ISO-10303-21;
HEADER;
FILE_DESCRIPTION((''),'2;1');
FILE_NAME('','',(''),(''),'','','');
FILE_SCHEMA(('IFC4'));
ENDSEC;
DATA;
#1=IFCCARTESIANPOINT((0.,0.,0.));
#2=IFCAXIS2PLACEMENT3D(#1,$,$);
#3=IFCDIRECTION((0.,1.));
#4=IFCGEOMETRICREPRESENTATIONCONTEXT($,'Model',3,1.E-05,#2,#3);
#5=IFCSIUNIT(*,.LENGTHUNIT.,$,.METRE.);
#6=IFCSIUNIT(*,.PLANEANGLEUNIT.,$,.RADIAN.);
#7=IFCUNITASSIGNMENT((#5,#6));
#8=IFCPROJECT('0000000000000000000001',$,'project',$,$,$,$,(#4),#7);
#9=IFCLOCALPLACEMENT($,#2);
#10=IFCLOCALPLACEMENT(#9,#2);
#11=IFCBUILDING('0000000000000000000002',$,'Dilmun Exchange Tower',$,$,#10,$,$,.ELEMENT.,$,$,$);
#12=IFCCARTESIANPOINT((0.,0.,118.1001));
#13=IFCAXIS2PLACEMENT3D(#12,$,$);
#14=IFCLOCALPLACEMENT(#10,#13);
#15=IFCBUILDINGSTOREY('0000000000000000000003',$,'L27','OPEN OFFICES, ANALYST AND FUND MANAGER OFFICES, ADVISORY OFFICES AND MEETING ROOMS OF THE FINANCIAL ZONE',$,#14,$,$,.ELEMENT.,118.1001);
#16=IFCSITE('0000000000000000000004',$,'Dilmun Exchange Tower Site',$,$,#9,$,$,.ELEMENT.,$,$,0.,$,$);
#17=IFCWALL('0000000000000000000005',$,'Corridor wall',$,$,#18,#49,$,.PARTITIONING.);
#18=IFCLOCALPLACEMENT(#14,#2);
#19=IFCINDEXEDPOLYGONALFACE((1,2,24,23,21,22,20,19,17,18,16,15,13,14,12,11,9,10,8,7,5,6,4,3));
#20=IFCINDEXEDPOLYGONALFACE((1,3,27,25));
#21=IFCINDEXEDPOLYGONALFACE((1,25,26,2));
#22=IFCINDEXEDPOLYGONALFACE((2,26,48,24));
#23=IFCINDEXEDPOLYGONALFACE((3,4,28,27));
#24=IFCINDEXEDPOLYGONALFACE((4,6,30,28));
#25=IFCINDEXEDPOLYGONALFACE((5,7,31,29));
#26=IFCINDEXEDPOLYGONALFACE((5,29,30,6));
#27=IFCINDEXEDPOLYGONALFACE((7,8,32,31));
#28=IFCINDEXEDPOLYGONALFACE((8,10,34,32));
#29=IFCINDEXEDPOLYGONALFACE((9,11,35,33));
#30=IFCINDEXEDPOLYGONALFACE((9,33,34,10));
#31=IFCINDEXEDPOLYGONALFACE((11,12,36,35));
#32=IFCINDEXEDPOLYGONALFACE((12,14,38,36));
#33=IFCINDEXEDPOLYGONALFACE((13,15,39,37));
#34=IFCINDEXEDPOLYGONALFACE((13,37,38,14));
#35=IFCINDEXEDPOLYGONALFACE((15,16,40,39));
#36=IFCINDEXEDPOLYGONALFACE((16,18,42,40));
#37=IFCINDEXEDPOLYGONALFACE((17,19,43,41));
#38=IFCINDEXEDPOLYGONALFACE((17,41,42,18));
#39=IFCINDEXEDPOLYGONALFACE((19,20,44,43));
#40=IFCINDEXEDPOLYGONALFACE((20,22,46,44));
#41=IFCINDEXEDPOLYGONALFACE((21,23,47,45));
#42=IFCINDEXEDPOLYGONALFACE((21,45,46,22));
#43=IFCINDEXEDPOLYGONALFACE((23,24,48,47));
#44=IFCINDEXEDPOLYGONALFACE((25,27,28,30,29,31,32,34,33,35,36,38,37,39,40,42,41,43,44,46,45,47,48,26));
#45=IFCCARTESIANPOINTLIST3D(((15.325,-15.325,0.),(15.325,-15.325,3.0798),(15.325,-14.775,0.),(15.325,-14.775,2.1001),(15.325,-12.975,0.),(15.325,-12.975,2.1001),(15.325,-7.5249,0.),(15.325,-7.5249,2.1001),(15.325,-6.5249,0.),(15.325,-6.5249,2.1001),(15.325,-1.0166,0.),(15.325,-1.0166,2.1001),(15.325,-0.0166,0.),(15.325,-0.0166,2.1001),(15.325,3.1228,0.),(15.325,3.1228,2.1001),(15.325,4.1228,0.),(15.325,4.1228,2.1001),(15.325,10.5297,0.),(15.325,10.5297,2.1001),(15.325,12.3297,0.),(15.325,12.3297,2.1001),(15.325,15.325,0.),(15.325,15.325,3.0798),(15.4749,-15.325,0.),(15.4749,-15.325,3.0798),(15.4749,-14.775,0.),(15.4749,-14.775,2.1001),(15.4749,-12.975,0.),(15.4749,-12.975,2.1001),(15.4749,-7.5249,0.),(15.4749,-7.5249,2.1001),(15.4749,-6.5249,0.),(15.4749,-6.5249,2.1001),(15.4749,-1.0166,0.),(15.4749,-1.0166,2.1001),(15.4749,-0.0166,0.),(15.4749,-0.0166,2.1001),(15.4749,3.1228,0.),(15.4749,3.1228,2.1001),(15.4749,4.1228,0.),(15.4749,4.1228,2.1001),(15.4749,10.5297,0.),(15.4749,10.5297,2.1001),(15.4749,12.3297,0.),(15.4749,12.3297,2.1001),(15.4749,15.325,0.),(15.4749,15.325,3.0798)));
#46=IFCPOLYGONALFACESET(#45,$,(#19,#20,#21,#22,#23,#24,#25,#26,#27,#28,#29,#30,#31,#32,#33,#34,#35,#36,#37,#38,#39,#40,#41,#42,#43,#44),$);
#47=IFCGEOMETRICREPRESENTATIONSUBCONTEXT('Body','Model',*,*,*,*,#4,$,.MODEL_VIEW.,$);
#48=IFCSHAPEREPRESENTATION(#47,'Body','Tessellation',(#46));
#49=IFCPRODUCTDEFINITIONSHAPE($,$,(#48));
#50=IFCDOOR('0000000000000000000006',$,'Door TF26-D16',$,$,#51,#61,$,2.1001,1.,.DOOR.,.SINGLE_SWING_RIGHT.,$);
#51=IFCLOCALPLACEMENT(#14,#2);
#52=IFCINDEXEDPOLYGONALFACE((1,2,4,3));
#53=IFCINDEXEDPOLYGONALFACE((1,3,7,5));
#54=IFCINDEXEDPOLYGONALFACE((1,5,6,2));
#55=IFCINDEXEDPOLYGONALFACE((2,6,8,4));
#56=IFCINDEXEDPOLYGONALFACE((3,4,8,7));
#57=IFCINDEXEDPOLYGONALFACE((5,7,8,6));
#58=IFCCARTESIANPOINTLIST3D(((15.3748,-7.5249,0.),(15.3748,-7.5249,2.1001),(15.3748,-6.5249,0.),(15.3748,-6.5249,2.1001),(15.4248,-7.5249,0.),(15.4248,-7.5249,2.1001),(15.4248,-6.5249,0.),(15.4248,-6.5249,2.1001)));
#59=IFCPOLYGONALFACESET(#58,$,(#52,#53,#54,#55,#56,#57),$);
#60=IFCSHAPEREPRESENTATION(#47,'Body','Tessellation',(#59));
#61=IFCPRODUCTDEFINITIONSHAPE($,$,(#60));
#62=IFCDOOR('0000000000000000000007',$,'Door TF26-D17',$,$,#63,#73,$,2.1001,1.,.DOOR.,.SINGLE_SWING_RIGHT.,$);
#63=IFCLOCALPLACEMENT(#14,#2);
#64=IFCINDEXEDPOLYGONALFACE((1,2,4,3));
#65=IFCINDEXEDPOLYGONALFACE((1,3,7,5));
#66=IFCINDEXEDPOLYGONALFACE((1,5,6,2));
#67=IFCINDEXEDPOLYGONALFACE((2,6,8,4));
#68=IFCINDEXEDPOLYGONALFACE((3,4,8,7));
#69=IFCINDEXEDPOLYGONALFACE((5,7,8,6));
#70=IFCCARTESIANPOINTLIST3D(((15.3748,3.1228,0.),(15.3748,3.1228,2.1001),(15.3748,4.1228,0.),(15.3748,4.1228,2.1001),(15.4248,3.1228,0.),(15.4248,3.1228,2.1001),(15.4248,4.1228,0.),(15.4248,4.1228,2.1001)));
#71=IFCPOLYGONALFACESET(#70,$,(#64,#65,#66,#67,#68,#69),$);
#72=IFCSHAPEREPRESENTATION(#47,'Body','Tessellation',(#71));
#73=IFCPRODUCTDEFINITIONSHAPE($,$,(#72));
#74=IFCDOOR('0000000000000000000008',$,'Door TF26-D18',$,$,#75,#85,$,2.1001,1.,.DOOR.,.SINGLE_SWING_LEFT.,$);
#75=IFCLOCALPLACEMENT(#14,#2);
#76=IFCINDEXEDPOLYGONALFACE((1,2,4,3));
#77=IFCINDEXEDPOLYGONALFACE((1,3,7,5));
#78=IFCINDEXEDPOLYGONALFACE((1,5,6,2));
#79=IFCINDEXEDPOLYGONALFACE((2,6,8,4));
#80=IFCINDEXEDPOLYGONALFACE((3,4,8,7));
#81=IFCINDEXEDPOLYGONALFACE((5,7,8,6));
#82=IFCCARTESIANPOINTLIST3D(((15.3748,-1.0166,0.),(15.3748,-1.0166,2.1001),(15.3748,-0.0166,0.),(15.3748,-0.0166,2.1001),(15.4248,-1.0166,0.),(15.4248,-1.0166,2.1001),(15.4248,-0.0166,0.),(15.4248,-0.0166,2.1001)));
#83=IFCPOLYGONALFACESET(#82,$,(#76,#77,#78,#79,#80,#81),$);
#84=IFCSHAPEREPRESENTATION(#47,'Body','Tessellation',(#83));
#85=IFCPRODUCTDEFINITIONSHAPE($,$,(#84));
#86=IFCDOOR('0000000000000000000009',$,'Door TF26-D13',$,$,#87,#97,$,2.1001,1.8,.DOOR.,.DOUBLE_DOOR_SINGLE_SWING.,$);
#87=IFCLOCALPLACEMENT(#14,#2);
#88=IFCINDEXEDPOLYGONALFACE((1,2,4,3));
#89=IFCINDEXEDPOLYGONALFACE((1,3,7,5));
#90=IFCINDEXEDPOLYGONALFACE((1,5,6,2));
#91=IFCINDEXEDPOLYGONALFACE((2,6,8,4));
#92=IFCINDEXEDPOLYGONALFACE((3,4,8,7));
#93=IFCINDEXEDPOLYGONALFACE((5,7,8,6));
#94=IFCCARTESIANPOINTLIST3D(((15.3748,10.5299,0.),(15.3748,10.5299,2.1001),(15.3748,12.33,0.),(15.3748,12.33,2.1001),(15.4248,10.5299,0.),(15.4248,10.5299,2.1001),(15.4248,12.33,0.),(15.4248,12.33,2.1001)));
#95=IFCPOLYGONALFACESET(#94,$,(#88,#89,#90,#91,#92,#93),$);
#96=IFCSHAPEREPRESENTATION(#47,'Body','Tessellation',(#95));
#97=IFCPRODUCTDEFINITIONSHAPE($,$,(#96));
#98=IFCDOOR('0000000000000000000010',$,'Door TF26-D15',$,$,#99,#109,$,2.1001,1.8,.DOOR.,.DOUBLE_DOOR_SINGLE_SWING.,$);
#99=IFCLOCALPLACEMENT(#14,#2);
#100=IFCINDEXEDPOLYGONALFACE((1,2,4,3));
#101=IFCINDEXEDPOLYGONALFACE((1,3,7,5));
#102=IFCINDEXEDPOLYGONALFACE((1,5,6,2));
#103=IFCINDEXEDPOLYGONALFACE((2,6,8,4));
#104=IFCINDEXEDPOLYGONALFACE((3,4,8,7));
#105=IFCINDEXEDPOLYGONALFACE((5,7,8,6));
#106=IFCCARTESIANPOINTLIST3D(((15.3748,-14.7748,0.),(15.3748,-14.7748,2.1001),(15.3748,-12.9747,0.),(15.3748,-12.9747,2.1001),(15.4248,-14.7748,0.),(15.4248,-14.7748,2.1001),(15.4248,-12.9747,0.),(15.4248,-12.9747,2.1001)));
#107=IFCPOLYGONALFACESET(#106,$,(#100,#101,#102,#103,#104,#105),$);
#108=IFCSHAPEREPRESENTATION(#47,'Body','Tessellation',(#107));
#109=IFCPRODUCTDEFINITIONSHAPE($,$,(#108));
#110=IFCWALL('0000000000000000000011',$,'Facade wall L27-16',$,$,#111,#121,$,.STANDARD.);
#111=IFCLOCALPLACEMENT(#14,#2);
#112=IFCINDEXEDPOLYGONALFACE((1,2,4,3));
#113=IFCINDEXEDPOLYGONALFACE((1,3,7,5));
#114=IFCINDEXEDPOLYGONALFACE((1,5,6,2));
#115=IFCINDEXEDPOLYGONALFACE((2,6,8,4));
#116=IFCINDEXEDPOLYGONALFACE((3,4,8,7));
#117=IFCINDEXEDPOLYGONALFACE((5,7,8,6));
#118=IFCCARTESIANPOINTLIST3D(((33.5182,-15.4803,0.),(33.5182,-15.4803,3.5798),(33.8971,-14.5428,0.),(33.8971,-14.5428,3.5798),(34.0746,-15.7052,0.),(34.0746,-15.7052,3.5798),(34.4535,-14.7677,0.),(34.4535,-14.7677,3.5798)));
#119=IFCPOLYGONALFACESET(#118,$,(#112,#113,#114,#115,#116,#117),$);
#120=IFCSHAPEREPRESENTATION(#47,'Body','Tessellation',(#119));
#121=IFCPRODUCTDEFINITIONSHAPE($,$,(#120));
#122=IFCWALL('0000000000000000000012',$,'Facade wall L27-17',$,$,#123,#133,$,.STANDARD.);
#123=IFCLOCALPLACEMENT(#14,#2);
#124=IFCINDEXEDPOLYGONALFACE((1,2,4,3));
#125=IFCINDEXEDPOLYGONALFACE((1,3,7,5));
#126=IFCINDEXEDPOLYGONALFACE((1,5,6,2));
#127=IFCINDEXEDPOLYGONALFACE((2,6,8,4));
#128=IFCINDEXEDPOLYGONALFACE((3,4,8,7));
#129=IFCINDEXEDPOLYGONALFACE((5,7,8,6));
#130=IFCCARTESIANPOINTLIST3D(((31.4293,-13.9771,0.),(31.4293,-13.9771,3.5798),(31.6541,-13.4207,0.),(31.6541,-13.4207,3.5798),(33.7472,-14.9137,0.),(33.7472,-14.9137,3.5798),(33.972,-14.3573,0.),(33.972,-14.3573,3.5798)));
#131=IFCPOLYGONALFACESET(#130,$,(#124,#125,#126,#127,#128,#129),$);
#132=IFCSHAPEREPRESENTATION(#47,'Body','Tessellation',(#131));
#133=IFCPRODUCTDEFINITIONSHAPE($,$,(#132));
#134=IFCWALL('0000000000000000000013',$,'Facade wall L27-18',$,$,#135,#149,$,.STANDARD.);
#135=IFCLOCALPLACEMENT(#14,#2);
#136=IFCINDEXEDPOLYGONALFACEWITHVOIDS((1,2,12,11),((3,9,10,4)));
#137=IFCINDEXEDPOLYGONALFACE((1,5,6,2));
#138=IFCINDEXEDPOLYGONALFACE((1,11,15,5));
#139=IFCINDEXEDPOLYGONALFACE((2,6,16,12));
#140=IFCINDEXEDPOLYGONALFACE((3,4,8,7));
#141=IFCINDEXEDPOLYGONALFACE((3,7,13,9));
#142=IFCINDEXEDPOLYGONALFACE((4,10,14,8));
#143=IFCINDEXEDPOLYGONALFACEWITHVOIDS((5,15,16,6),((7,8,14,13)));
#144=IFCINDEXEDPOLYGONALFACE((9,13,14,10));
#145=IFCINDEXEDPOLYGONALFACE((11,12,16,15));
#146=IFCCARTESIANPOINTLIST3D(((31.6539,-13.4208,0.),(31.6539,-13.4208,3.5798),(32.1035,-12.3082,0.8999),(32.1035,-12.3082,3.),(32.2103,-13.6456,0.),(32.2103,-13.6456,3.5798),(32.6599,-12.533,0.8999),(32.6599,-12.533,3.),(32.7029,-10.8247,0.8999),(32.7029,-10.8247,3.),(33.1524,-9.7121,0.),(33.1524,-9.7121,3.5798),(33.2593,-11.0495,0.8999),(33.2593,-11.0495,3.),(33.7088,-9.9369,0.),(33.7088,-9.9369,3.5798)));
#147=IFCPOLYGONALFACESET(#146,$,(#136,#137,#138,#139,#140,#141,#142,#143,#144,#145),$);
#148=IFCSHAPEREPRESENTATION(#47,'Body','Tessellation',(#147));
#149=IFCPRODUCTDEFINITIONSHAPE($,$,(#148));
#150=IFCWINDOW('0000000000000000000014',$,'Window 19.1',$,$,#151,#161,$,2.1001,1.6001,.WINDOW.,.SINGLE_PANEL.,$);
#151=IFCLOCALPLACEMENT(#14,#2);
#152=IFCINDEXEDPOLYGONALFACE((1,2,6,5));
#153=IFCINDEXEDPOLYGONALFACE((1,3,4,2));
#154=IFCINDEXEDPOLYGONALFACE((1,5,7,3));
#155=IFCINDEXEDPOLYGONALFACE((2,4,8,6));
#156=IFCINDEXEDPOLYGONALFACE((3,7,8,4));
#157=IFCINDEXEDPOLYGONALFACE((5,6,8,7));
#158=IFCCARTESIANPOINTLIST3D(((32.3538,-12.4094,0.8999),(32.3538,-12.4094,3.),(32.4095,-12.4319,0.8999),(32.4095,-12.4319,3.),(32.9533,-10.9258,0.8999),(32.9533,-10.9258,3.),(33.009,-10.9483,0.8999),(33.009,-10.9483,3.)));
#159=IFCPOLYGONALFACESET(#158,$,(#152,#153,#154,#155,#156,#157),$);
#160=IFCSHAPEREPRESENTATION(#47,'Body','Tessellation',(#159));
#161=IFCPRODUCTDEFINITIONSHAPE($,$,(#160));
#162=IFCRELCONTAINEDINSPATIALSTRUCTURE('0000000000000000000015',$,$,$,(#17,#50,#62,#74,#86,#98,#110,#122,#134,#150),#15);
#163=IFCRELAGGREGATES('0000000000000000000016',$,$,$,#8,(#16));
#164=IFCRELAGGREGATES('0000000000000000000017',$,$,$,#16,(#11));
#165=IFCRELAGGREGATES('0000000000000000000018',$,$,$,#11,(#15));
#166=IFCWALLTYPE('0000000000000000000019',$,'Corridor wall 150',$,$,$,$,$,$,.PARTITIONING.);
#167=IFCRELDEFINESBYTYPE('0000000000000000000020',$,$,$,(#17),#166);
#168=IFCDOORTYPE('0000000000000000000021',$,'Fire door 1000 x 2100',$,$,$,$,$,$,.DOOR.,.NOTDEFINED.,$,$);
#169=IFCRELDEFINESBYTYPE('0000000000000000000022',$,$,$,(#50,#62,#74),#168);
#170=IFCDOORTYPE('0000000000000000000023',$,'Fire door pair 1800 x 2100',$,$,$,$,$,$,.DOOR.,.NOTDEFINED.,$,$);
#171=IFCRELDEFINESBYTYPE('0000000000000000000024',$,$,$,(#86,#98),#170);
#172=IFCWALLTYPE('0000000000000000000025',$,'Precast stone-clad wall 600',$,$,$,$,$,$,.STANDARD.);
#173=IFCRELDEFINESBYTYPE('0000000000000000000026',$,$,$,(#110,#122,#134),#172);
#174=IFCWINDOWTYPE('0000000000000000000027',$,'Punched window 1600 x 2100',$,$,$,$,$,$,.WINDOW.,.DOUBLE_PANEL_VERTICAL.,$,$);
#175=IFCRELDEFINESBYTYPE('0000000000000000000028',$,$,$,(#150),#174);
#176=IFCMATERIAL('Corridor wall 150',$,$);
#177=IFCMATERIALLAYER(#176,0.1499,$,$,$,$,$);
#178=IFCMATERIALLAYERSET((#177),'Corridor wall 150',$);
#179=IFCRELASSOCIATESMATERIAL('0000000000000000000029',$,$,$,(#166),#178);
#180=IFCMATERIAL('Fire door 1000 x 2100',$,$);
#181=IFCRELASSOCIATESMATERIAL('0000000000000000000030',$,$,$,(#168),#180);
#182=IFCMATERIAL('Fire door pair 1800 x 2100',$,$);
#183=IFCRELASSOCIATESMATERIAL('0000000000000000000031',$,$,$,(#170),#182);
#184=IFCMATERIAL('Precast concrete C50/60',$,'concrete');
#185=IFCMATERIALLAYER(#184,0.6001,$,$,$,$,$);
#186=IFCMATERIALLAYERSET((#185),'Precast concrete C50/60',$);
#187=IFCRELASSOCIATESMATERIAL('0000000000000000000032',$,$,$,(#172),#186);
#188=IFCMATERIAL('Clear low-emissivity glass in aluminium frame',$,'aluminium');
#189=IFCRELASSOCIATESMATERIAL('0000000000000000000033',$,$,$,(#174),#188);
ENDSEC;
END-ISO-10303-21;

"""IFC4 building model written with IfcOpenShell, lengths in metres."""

from ifc_helpers import new_model, si_unit, direction, frame, frame_2d, origin, place, context, subcontext, project, spatial, rectangle, extrude, material, layer, layer_set, type_object, element, fill, save


model = new_model("IFC4")

# Units and contexts
model_context = context("Model", 3, precision=1e-05, world=origin(), true_north=direction((0.0, 1.0)))
body_context = subcontext(model_context, "Body", "Model", "MODEL_VIEW")
ifc_project = project(units=[si_unit("LENGTHUNIT", "METRE"), si_unit("PLANEANGLEUNIT", "RADIAN")], contexts=[model_context])

# Site, building, storey
site_placement = place(None, origin())
site = spatial("IfcSite", under=ifc_project, at=site_placement, Name="Dilmun Exchange Tower Site", CompositionType="ELEMENT", RefElevation=0.0)
building_placement = place(site_placement, origin())
building = spatial("IfcBuilding", under=site, at=building_placement, Name="Dilmun Exchange Tower", CompositionType="ELEMENT")
storey_placement = place(building_placement, frame((0.0, 0.0, 118.1001)))
storey = spatial("IfcBuildingStorey", under=building, at=storey_placement, Name="L27", Description="OPEN OFFICES, ANALYST AND FUND MANAGER OFFICES, ADVISORY OFFICES AND MEETING ROOMS OF THE FINANCIAL ZONE", CompositionType="ELEMENT", Elevation=118.1001)

# Wall, openings, doors
ifc_material_1 = material(Name="Corridor wall 150")
ifc_layer_1 = layer(ifc_material_1, 0.1499)
ifc_layer_set_1 = layer_set([ifc_layer_1], Name="Corridor wall 150")
wall_type_1 = type_object("IfcWallType", Name="Corridor wall 150", PredefinedType="PARTITIONING", material=ifc_layer_set_1)
wall_1_placement = place(storey_placement, frame((15.3999, -15.325, 0.0), z_axis=(0.0, 0.0, 1.0), x_axis=(0.0, 1.0, 0.0)))
wall_1 = element("IfcWall", 1, at=wall_1_placement, inside=storey, type_object=wall_type_1, Name="Corridor wall", PredefinedType="PARTITIONING", context=body_context, shape_type="SweptSolid", body=[
    extrude(rectangle(XDim=30.6499, YDim=0.1499, at=frame_2d((15.325, 0.0))), origin(), (0.0, 0.0, 1.0), 3.0798),
])
opening_1_placement = place(wall_1_placement, frame((25.8547, 0.0, 0.0)))
opening_1 = element("IfcOpeningElement", 2, at=opening_1_placement, cuts=wall_1, PredefinedType="OPENING", context=body_context, shape_type="SweptSolid", body=[
    extrude(rectangle(XDim=1.8, YDim=2.1001, at=frame_2d((0.8999, 1.05))), frame((0.0, 0.085, 0.0), z_axis=(0.0, -1.0, 0.0), x_axis=(1.0, 0.0, 0.0)), (0.0, 0.0, 1.0), 0.1699),
])
opening_2_placement = place(wall_1_placement, frame((0.55, 0.0, 0.0)))
opening_2 = element("IfcOpeningElement", 3, at=opening_2_placement, cuts=wall_1, PredefinedType="OPENING", context=body_context, shape_type="SweptSolid", body=[
    extrude(rectangle(XDim=1.8, YDim=2.1001, at=frame_2d((0.8999, 1.05))), frame((0.0, 0.085, 0.0), z_axis=(0.0, -1.0, 0.0), x_axis=(1.0, 0.0, 0.0)), (0.0, 0.0, 1.0), 0.1699),
])
opening_3_placement = place(wall_1_placement, frame((7.8, 0.0, 0.0)))
opening_3 = element("IfcOpeningElement", 4, at=opening_3_placement, cuts=wall_1, PredefinedType="OPENING", context=body_context, shape_type="SweptSolid", body=[
    extrude(rectangle(XDim=1.0, YDim=2.1001, at=frame_2d((0.5, 1.05))), frame((0.0, 0.085, 0.0), z_axis=(0.0, -1.0, 0.0), x_axis=(1.0, 0.0, 0.0)), (0.0, 0.0, 1.0), 0.1699),
])
opening_4_placement = place(wall_1_placement, frame((18.4478, 0.0, 0.0)))
opening_4 = element("IfcOpeningElement", 5, at=opening_4_placement, cuts=wall_1, PredefinedType="OPENING", context=body_context, shape_type="SweptSolid", body=[
    extrude(rectangle(XDim=1.0, YDim=2.1001, at=frame_2d((0.5, 1.05))), frame((0.0, 0.085, 0.0), z_axis=(0.0, -1.0, 0.0), x_axis=(1.0, 0.0, 0.0)), (0.0, 0.0, 1.0), 0.1699),
])
opening_5_placement = place(wall_1_placement, frame((14.3083, 0.0, 0.0)))
opening_5 = element("IfcOpeningElement", 6, at=opening_5_placement, cuts=wall_1, PredefinedType="OPENING", context=body_context, shape_type="SweptSolid", body=[
    extrude(rectangle(XDim=1.0, YDim=2.1001, at=frame_2d((0.5, 1.05))), frame((0.0, 0.085, 0.0), z_axis=(0.0, -1.0, 0.0), x_axis=(1.0, 0.0, 0.0)), (0.0, 0.0, 1.0), 0.1699),
])
ifc_material_2 = material(Name="Fire door 1000 x 2100")
door_type_1 = type_object("IfcDoorType", Name="Fire door 1000 x 2100", OperationType="NOTDEFINED", PredefinedType="DOOR", material=ifc_material_2)
door_1_placement = place(opening_3_placement, frame((1.0, 0.0, 0.0), z_axis=(0.0, 0.0, 1.0), x_axis=(-1.0, 0.0, 0.0)))
door_1 = element("IfcDoor", 7, at=door_1_placement, inside=storey, type_object=door_type_1, Name="Door TF26-D16", OperationType="SINGLE_SWING_RIGHT", OverallHeight=2.1001, OverallWidth=1.0, PredefinedType="DOOR", context=body_context, shape_type="SweptSolid", body=[
    extrude(rectangle(XDim=1.0, YDim=2.1001, at=frame_2d((0.5, 1.05))), frame((0.0, 0.0249, 0.0), z_axis=(0.0, -1.0, 0.0), x_axis=(1.0, 0.0, 0.0)), (0.0, 0.0, 1.0), 0.05),
])
fill(opening_3, door_1)
door_2_placement = place(opening_4_placement, frame((1.0, 0.0, 0.0), z_axis=(0.0, 0.0, 1.0), x_axis=(-1.0, 0.0, 0.0)))
door_2 = element("IfcDoor", 8, at=door_2_placement, inside=storey, type_object=door_type_1, Name="Door TF26-D17", OperationType="SINGLE_SWING_RIGHT", OverallHeight=2.1001, OverallWidth=1.0, PredefinedType="DOOR", context=body_context, shape_type="SweptSolid", body=[
    extrude(rectangle(XDim=1.0, YDim=2.1001, at=frame_2d((0.5, 1.05))), frame((0.0, 0.0249, 0.0), z_axis=(0.0, -1.0, 0.0), x_axis=(1.0, 0.0, 0.0)), (0.0, 0.0, 1.0), 0.05),
])
fill(opening_4, door_2)
door_3_placement = place(opening_5_placement, frame((1.0, 0.0, 0.0), z_axis=(0.0, 0.0, 1.0), x_axis=(-1.0, 0.0, 0.0)))
door_3 = element("IfcDoor", 9, at=door_3_placement, inside=storey, type_object=door_type_1, Name="Door TF26-D18", OperationType="SINGLE_SWING_LEFT", OverallHeight=2.1001, OverallWidth=1.0, PredefinedType="DOOR", context=body_context, shape_type="SweptSolid", body=[
    extrude(rectangle(XDim=1.0, YDim=2.1001, at=frame_2d((0.5, 1.05))), frame((0.0, 0.0249, 0.0), z_axis=(0.0, -1.0, 0.0), x_axis=(1.0, 0.0, 0.0)), (0.0, 0.0, 1.0), 0.05),
])
fill(opening_5, door_3)
ifc_material_3 = material(Name="Fire door pair 1800 x 2100")
door_type_2 = type_object("IfcDoorType", Name="Fire door pair 1800 x 2100", OperationType="NOTDEFINED", PredefinedType="DOOR", material=ifc_material_3)
door_4_placement = place(opening_1_placement, frame((1.8, 0.0, 0.0), z_axis=(0.0, 0.0, 1.0), x_axis=(-1.0, 0.0, 0.0)))
door_4 = element("IfcDoor", 10, at=door_4_placement, inside=storey, type_object=door_type_2, Name="Door TF26-D13", OperationType="DOUBLE_DOOR_SINGLE_SWING", OverallHeight=2.1001, OverallWidth=1.8, PredefinedType="DOOR", context=body_context, shape_type="SweptSolid", body=[
    extrude(rectangle(XDim=1.8, YDim=2.1001, at=frame_2d((0.8999, 1.05))), frame((0.0, 0.0249, 0.0), z_axis=(0.0, -1.0, 0.0), x_axis=(1.0, 0.0, 0.0)), (0.0, 0.0, 1.0), 0.05),
])
fill(opening_1, door_4)
door_5_placement = place(opening_2_placement, frame((1.8, 0.0, 0.0), z_axis=(0.0, 0.0, 1.0), x_axis=(-1.0, 0.0, 0.0)))
door_5 = element("IfcDoor", 11, at=door_5_placement, inside=storey, type_object=door_type_2, Name="Door TF26-D15", OperationType="DOUBLE_DOOR_SINGLE_SWING", OverallHeight=2.1001, OverallWidth=1.8, PredefinedType="DOOR", context=body_context, shape_type="SweptSolid", body=[
    extrude(rectangle(XDim=1.8, YDim=2.1001, at=frame_2d((0.8999, 1.05))), frame((0.0, 0.0249, 0.0), z_axis=(0.0, -1.0, 0.0), x_axis=(1.0, 0.0, 0.0)), (0.0, 0.0, 1.0), 0.05),
])
fill(opening_2, door_5)

# Walls
ifc_material_4 = material(Name="Precast concrete C50/60", Category="concrete")
ifc_layer_2 = layer(ifc_material_4, 0.6001)
ifc_layer_set_2 = layer_set([ifc_layer_2], Name="Precast concrete C50/60")
wall_type_2 = type_object("IfcWallType", Name="Precast stone-clad wall 600", PredefinedType="STANDARD", material=ifc_layer_set_2)
wall_2_placement = place(storey_placement, frame((33.7964, -15.5928, 0.0), z_axis=(0.0, 0.0, 1.0), x_axis=(0.374719, 0.927139, 0.0)))
element("IfcWall", 12, at=wall_2_placement, inside=storey, type_object=wall_type_2, Name="Facade wall L27-16", PredefinedType="STANDARD", context=body_context, shape_type="SweptSolid", body=[
    extrude(rectangle(XDim=1.0112, YDim=0.6001, at=frame_2d((0.5056, 0.0))), origin(), (0.0, 0.0, 1.0), 3.5798),
])
wall_3_placement = place(storey_placement, frame((33.8596, -14.6355, 0.0), z_axis=(0.0, 0.0, 1.0), x_axis=(-0.927178, 0.374621, 0.0)))
element("IfcWall", 13, at=wall_3_placement, inside=storey, type_object=wall_type_2, Name="Facade wall L27-17", PredefinedType="STANDARD", context=body_context, shape_type="SweptSolid", body=[
    extrude(rectangle(XDim=2.5, YDim=0.6001, at=frame_2d((1.25, 0.0))), origin(), (0.0, 0.0, 1.0), 3.5798),
])

# Wall, opening, window
wall_4_placement = place(storey_placement, frame((31.9321, -13.5332, 0.0), z_axis=(0.0, 0.0, 1.0), x_axis=(0.37463, 0.927175, 0.0)))
wall_4 = element("IfcWall", 14, at=wall_4_placement, inside=storey, type_object=wall_type_2, Name="Facade wall L27-18", PredefinedType="STANDARD", context=body_context, shape_type="SweptSolid", body=[
    extrude(rectangle(XDim=4.0, YDim=0.6001, at=frame_2d((2.0, 0.0))), origin(), (0.0, 0.0, 1.0), 3.5798),
])
opening_6_placement = place(wall_4_placement, frame((1.2, 0.0, 0.8999)))
opening_6 = element("IfcOpeningElement", 15, at=opening_6_placement, cuts=wall_4, PredefinedType="OPENING", context=body_context, shape_type="SweptSolid", body=[
    extrude(rectangle(XDim=1.6001, YDim=2.1001, at=frame_2d((0.8, 1.05))), frame((0.0, 0.3101, 0.0), z_axis=(0.0, -1.0, 0.0), x_axis=(1.0, 0.0, 0.0)), (0.0, 0.0, 1.0), 0.6201),
])
ifc_material_5 = material(Name="Clear low-emissivity glass in aluminium frame", Category="aluminium")
window_type = type_object("IfcWindowType", Name="Punched window 1600 x 2100", PartitioningType="DOUBLE_PANEL_VERTICAL", PredefinedType="WINDOW", material=ifc_material_5)
window_placement = place(opening_6_placement, origin())
window = element("IfcWindow", 16, at=window_placement, inside=storey, type_object=window_type, Name="Window 19.1", OverallHeight=2.1001, OverallWidth=1.6001, PartitioningType="SINGLE_PANEL", PredefinedType="WINDOW", context=body_context, shape_type="SweptSolid", body=[
    extrude(rectangle(XDim=1.6001, YDim=2.1001, at=frame_2d((0.8, 1.05))), frame((0.0, 0.03, 0.0), z_axis=(0.0, -1.0, 0.0), x_axis=(1.0, 0.0, 0.0)), (0.0, 0.0, 1.0), 0.0601),
])
fill(opening_6, window)

save(model, "model.ifc")
